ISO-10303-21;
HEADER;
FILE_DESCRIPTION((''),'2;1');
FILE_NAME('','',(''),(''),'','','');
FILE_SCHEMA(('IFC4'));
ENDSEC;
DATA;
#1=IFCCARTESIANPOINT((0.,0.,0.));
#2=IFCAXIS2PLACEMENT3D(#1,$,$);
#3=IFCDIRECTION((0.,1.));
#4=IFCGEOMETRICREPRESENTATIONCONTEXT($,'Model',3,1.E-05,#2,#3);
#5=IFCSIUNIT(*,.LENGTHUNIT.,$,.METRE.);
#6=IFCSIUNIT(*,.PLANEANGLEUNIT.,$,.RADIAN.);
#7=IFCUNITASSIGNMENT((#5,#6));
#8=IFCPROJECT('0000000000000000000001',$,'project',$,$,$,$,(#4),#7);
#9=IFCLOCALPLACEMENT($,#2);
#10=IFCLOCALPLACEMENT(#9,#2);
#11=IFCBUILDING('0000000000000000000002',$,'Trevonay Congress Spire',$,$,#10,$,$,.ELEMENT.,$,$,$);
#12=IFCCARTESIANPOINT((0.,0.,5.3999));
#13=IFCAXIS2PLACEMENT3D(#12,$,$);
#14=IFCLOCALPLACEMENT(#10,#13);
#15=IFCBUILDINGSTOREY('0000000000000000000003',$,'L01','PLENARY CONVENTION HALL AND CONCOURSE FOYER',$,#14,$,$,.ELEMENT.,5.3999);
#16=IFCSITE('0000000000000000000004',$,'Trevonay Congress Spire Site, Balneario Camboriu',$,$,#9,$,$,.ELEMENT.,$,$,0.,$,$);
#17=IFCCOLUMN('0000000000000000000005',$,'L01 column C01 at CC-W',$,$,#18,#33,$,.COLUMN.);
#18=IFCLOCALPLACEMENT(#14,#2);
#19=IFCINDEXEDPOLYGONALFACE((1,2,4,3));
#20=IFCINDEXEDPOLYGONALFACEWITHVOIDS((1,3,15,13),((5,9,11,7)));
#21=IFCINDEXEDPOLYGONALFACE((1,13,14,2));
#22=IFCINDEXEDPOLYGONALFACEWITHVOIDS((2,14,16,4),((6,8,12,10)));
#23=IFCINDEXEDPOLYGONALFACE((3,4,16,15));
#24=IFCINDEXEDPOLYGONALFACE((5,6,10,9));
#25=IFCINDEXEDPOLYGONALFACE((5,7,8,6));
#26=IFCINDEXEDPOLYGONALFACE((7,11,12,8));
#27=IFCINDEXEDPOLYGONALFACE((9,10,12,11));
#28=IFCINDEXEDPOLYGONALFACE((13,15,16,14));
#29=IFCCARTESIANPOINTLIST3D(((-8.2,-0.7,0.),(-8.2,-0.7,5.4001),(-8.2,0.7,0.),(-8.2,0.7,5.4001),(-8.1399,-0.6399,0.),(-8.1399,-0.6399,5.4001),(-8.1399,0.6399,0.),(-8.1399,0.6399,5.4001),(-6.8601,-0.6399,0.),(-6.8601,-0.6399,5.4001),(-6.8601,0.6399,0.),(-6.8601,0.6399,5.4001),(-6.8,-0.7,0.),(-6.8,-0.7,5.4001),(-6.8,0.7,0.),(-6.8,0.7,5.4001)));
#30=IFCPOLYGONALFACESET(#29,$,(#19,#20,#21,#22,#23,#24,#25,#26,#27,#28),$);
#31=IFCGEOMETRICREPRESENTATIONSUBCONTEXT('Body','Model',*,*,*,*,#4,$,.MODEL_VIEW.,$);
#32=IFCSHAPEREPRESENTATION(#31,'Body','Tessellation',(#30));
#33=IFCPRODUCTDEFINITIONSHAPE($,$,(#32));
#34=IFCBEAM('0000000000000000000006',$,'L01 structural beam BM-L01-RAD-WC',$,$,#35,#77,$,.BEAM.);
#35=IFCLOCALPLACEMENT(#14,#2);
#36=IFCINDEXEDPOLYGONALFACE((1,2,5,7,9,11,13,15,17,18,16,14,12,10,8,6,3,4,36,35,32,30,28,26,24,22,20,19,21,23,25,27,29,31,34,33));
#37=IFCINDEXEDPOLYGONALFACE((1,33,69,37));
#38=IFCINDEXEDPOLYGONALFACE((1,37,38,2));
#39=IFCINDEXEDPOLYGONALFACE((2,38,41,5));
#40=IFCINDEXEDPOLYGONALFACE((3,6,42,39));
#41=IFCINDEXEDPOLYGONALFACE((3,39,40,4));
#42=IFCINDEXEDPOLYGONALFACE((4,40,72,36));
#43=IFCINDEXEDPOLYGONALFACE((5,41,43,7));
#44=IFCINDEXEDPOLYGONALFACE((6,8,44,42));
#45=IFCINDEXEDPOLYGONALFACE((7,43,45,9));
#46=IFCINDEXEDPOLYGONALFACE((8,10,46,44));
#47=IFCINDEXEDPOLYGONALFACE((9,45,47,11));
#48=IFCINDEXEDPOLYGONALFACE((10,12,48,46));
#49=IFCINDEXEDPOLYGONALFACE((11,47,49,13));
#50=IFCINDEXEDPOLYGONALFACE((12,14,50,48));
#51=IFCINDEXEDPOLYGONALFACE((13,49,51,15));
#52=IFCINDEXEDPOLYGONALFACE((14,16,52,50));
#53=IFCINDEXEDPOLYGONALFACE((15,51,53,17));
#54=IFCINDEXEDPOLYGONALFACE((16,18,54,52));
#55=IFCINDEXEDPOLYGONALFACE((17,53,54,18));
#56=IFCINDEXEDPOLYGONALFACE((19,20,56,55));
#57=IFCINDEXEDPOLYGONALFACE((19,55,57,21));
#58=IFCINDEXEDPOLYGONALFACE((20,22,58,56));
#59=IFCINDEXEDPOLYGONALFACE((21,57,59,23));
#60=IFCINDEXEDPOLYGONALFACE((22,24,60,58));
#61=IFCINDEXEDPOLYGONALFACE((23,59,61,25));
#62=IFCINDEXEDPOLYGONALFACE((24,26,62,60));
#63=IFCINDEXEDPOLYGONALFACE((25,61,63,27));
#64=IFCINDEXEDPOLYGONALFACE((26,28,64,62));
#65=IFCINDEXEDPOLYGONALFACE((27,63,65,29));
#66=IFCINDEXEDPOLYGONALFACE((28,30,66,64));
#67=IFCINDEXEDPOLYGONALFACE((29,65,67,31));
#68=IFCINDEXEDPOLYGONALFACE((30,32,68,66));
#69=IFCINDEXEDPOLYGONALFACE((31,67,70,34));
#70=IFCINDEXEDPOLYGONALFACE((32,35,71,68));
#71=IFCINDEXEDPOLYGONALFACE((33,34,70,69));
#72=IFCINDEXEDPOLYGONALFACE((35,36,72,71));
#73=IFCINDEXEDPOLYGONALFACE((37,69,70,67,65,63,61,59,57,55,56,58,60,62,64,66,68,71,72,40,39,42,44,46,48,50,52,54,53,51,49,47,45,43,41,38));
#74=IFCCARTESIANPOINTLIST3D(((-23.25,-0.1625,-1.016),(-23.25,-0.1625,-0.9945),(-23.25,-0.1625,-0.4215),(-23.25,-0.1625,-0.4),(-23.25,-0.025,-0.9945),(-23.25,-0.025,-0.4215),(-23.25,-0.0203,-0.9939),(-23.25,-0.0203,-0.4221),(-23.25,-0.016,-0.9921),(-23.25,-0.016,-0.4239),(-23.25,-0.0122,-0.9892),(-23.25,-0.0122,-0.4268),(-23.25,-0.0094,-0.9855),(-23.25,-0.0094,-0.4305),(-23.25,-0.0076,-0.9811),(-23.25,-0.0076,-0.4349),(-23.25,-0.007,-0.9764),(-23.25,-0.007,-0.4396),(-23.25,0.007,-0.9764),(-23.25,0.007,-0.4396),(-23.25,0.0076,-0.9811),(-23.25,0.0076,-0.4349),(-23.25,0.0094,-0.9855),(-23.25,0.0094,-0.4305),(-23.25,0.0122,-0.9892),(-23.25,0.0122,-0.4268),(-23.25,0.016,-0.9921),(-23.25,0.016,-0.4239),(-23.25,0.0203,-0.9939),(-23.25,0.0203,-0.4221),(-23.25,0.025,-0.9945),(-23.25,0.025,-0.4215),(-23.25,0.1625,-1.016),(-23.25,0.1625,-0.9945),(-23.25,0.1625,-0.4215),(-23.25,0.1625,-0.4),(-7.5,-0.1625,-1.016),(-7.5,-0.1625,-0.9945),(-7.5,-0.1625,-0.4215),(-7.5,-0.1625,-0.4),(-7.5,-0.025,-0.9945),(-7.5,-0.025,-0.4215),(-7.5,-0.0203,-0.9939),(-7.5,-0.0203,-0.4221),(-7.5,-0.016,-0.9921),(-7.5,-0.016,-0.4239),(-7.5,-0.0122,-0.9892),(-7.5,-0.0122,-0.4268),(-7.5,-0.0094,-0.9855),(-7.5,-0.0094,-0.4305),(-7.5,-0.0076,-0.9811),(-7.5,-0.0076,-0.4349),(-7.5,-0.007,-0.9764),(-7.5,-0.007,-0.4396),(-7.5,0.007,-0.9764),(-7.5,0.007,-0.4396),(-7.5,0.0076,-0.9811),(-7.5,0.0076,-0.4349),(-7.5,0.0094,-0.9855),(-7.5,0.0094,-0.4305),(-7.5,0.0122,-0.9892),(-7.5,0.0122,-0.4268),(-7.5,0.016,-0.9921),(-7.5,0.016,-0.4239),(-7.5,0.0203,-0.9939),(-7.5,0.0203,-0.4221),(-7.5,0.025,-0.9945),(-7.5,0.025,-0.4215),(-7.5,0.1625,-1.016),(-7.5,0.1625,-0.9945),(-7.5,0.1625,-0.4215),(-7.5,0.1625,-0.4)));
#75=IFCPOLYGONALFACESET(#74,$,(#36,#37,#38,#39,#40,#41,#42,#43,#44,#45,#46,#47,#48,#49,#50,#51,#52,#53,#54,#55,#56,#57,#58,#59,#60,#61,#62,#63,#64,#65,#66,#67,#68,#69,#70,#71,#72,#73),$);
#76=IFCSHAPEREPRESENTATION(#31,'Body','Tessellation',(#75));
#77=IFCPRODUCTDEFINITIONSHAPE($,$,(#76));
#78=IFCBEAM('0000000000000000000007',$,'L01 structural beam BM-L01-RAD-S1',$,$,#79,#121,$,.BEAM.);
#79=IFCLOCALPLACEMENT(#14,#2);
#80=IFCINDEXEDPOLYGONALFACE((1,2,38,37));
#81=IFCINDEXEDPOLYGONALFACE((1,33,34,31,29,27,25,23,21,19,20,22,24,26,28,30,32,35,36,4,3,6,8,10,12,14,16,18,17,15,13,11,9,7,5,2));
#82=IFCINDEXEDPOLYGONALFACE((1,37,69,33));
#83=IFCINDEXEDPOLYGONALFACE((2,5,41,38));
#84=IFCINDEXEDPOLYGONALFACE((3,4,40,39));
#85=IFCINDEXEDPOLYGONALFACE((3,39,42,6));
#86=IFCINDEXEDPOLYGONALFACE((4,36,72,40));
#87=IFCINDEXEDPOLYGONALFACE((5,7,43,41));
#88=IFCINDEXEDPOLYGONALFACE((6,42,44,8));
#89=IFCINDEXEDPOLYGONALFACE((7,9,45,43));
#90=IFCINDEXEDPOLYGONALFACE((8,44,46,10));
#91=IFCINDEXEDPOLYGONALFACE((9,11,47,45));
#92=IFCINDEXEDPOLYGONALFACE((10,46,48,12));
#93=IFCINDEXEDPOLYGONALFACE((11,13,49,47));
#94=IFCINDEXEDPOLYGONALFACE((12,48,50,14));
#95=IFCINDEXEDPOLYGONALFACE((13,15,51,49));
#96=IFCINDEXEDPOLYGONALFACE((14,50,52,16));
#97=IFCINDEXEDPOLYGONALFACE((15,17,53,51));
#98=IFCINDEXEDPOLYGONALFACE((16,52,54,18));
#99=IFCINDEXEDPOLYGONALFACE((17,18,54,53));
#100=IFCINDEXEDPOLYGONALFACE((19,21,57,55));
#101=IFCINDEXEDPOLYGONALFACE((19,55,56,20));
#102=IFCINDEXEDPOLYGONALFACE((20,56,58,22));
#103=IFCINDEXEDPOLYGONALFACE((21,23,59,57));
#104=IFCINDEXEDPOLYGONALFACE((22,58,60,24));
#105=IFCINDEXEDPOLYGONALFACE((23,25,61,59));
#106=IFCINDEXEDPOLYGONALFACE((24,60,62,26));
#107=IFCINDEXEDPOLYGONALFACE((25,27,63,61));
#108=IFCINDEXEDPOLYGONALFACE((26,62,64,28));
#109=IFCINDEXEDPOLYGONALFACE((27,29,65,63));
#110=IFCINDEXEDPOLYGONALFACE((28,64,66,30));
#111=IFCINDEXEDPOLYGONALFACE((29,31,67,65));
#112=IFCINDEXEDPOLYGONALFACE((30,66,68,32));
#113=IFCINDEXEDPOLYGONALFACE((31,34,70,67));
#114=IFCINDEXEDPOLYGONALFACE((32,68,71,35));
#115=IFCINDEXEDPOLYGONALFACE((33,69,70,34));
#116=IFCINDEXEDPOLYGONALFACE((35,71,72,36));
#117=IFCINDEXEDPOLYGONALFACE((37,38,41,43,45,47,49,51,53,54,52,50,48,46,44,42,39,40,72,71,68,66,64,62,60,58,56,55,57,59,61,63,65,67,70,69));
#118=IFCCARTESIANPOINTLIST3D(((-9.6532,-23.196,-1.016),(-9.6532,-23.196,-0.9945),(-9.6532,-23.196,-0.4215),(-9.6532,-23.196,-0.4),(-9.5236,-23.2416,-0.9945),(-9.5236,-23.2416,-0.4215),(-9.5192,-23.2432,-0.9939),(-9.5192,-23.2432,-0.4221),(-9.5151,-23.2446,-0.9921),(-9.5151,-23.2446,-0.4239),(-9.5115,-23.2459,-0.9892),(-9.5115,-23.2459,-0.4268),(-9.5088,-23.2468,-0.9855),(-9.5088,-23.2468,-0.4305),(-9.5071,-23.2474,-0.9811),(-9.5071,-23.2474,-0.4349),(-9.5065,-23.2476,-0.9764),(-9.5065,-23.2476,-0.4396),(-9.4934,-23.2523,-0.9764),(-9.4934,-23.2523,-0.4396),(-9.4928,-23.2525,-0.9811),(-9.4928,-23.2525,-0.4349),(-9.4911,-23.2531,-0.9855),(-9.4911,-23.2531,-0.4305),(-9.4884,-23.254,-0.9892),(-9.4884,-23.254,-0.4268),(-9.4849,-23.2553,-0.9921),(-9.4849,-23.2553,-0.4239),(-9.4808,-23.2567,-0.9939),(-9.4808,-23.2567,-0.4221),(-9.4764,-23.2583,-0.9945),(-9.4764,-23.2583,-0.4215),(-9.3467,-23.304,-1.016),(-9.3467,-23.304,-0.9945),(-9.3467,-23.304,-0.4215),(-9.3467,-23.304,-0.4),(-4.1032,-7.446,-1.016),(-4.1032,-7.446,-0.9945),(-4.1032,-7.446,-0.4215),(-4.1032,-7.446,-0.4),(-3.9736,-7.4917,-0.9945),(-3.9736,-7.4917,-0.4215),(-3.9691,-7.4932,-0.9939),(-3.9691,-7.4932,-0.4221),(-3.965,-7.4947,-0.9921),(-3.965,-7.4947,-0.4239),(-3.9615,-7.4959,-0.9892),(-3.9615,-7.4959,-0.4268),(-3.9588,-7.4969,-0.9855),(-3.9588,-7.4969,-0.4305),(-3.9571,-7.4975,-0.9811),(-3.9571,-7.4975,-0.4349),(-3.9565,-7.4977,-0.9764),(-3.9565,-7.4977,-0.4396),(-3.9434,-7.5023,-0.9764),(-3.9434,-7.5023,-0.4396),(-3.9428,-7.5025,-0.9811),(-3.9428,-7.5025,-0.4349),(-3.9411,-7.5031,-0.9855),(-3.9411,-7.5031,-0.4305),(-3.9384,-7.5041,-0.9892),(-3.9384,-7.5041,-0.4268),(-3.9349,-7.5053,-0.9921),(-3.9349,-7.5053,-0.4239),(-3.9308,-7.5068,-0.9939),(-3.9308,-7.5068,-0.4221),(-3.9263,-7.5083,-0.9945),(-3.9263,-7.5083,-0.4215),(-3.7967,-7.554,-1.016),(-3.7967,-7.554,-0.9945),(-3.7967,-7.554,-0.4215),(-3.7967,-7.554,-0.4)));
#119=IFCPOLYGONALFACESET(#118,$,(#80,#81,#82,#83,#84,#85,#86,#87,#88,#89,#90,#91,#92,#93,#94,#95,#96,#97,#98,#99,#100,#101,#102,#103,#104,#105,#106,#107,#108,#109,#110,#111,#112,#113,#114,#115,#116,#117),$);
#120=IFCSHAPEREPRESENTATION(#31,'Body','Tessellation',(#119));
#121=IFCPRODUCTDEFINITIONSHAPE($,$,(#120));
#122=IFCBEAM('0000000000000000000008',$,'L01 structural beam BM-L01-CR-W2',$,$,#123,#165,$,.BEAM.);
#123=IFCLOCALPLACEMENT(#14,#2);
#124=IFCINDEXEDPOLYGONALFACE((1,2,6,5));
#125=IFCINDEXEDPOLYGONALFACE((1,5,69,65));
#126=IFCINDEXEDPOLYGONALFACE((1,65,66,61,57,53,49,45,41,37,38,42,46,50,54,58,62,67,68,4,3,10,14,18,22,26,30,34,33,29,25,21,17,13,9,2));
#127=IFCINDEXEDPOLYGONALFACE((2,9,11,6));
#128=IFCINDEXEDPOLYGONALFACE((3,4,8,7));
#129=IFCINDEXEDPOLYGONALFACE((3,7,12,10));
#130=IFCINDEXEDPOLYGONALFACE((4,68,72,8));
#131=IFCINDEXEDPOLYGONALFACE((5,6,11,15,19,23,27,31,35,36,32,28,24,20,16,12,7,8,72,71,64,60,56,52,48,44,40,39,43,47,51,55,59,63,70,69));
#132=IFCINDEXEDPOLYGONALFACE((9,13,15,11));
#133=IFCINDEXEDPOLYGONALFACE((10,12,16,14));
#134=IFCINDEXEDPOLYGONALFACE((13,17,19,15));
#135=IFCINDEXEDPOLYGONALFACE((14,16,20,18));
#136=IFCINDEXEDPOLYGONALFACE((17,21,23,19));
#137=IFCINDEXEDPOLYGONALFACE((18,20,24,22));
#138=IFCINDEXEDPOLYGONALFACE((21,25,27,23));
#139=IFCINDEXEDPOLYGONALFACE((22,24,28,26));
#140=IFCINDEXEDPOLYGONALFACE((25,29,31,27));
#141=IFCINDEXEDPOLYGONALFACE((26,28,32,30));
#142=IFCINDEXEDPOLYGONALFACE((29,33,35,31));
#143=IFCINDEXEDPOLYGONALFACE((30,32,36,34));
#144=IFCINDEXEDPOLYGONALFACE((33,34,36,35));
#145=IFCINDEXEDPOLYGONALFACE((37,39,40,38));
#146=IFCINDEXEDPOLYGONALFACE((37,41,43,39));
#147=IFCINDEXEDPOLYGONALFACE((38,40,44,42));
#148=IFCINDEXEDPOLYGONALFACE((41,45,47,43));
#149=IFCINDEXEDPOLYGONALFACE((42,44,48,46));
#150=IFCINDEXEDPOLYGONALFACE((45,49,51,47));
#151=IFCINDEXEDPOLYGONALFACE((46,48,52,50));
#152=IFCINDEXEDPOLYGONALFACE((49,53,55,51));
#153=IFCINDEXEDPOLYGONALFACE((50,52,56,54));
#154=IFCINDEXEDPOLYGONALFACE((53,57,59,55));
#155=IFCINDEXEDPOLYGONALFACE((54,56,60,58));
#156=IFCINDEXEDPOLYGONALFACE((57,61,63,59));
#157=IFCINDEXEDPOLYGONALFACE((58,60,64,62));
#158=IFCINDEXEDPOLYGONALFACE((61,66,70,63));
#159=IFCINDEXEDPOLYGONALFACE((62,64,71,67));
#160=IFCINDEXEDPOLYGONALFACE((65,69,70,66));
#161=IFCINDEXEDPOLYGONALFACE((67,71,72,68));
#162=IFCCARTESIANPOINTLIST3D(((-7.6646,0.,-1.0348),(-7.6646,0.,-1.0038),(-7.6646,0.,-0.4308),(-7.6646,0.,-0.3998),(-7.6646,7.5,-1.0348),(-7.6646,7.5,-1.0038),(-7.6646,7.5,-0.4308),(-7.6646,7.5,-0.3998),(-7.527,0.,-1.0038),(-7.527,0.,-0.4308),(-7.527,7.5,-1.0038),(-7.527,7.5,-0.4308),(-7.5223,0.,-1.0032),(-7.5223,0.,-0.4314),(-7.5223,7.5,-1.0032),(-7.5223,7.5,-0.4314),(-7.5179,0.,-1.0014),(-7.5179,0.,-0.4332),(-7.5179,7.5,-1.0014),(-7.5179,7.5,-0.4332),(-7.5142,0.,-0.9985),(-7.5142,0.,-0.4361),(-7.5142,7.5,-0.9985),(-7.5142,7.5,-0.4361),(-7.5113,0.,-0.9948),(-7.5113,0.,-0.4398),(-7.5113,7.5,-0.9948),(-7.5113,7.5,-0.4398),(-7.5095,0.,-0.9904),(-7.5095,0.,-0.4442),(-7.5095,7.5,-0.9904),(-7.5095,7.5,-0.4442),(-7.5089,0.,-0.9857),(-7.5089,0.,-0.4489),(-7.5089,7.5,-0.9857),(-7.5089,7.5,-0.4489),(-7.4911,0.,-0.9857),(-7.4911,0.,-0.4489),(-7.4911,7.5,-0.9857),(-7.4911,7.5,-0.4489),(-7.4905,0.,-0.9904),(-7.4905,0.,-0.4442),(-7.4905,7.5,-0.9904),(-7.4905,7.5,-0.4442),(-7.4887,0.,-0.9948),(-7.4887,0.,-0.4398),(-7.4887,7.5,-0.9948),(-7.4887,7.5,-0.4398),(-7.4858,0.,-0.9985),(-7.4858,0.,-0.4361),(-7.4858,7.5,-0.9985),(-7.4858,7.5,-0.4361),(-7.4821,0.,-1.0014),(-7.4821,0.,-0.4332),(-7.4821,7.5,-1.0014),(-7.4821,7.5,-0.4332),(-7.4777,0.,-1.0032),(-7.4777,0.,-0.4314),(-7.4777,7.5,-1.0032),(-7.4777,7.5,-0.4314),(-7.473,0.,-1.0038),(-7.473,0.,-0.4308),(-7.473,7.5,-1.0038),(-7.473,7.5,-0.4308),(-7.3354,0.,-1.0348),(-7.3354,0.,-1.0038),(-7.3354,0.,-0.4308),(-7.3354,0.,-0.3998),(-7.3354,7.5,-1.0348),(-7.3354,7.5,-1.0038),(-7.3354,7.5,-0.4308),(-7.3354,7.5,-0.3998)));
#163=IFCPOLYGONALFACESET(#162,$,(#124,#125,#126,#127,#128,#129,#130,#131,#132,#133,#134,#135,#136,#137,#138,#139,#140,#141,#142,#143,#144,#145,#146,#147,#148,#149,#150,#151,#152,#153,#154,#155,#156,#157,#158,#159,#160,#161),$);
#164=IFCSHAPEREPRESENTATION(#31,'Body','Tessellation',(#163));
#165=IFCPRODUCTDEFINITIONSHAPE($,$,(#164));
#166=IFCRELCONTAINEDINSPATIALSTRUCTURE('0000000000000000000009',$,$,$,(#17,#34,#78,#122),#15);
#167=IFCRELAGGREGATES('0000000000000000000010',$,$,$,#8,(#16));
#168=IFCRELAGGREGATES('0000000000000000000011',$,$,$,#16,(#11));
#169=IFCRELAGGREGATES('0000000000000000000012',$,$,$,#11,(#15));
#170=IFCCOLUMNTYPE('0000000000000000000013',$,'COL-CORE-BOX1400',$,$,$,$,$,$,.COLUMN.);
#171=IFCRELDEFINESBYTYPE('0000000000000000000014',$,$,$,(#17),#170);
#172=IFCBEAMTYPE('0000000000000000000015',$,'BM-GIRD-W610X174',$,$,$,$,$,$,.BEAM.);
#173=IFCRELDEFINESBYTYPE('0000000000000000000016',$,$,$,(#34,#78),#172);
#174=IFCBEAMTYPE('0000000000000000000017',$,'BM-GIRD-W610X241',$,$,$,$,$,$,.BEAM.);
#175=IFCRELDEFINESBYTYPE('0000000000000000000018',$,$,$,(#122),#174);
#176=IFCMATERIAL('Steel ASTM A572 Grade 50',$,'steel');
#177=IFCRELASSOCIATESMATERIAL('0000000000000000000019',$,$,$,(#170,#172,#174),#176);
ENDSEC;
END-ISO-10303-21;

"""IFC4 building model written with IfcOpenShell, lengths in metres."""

from ifc_helpers import new_model, si_unit, direction, frame, origin, origin_2d, place, context, subcontext, project, spatial, hollow_rectangle, i_section, extrude, material, material_profile, profile_set, type_object, element, save


model = new_model("IFC4")

# Units and contexts
model_context = context("Model", 3, precision=1e-05, world=origin(), true_north=direction((0.0, 1.0)))
body_context = subcontext(model_context, "Body", "Model", "MODEL_VIEW")
ifc_project = project(units=[si_unit("LENGTHUNIT", "METRE"), si_unit("PLANEANGLEUNIT", "RADIAN")], contexts=[model_context])

# Site, building, storey
site_placement = place(None, origin())
site = spatial("IfcSite", under=ifc_project, at=site_placement, Name="Trevonay Congress Spire Site, Balneario Camboriu", CompositionType="ELEMENT", RefElevation=0.0)
building_placement = place(site_placement, origin())
building = spatial("IfcBuilding", under=site, at=building_placement, Name="Trevonay Congress Spire", CompositionType="ELEMENT")
storey_placement = place(building_placement, frame((0.0, 0.0, 5.3999)))
storey = spatial("IfcBuildingStorey", under=building, at=storey_placement, Name="L01", Description="PLENARY CONVENTION HALL AND CONCOURSE FOYER", CompositionType="ELEMENT", Elevation=5.3999)

# Column
ifc_material_1 = material(Name="Steel ASTM A572 Grade 50", Category="steel")
ifc_material_profile_1 = material_profile(ifc_material_1, hollow_rectangle(XDim=1.3999, YDim=1.3999, WallThickness=0.0601, at=origin_2d()), Name="BOX 1400x1400x60")
ifc_profile_set_1 = profile_set([ifc_material_profile_1], Name="Steel ASTM A572 Grade 50")
column_type = type_object("IfcColumnType", Name="COL-CORE-BOX1400", PredefinedType="COLUMN", material=ifc_profile_set_1)
column_placement = place(storey_placement, frame((-7.5, 0.0, 0.0), z_axis=(0.0, 0.0, 1.0), x_axis=(1.0, 0.0, 0.0)))
element("IfcColumn", 1, at=column_placement, inside=storey, type_object=column_type, Name="L01 column C01 at CC-W", PredefinedType="COLUMN", context=body_context, shape_type="SweptSolid", body=[
    extrude(hollow_rectangle(XDim=1.3999, YDim=1.3999, WallThickness=0.0601, at=origin_2d()), origin(), (0.0, 0.0, 1.0), 5.4001),
])

# Beams
ifc_material_profile_2 = material_profile(ifc_material_1, i_section(OverallWidth=0.325, OverallDepth=0.616, WebThickness=0.0139, FlangeThickness=0.0215, FilletRadius=0.0181, at=origin_2d()), Name="W610x174")
ifc_profile_set_2 = profile_set([ifc_material_profile_2], Name="Steel ASTM A572 Grade 50")
beam_type_1 = type_object("IfcBeamType", Name="BM-GIRD-W610X174", PredefinedType="BEAM", material=ifc_profile_set_2)
beam_1_placement = place(storey_placement, frame((-7.5, 0.0, -0.708), z_axis=(-1.0, 0.0, 0.0), x_axis=(0.0, -1.0, 0.0)))
element("IfcBeam", 2, at=beam_1_placement, inside=storey, type_object=beam_type_1, Name="L01 structural beam BM-L01-RAD-WC", PredefinedType="BEAM", context=body_context, shape_type="SweptSolid", body=[
    extrude(i_section(OverallWidth=0.325, OverallDepth=0.616, WebThickness=0.0139, FlangeThickness=0.0215, FilletRadius=0.0181, at=origin_2d()), origin(), (0.0, 0.0, 1.0), 15.75),
])
beam_2_placement = place(storey_placement, frame((-3.95, -7.5, -0.708), z_axis=(-0.332353, -0.943155, 0.0), x_axis=(0.943155, -0.332353, 0.0)))
element("IfcBeam", 3, at=beam_2_placement, inside=storey, type_object=beam_type_1, Name="L01 structural beam BM-L01-RAD-S1", PredefinedType="BEAM", context=body_context, shape_type="SweptSolid", body=[
    extrude(i_section(OverallWidth=0.325, OverallDepth=0.616, WebThickness=0.0139, FlangeThickness=0.0215, FilletRadius=0.0181, at=origin_2d()), origin(), (0.0, 0.0, 1.0), 16.6992),
])
ifc_material_profile_3 = material_profile(ifc_material_1, i_section(OverallWidth=0.3291, OverallDepth=0.635, WebThickness=0.0178, FlangeThickness=0.031, FilletRadius=0.0181, at=origin_2d()), Name="W610x241")
ifc_profile_set_3 = profile_set([ifc_material_profile_3], Name="Steel ASTM A572 Grade 50")
beam_type_2 = type_object("IfcBeamType", Name="BM-GIRD-W610X241", PredefinedType="BEAM", material=ifc_profile_set_3)
beam_3_placement = place(storey_placement, frame((-7.5, 0.0, -0.7173), z_axis=(0.0, 1.0, 0.0), x_axis=(-1.0, 0.0, 0.0)))
element("IfcBeam", 4, at=beam_3_placement, inside=storey, type_object=beam_type_2, Name="L01 structural beam BM-L01-CR-W2", PredefinedType="BEAM", context=body_context, shape_type="SweptSolid", body=[
    extrude(i_section(OverallWidth=0.3291, OverallDepth=0.635, WebThickness=0.0178, FlangeThickness=0.031, FilletRadius=0.0181, at=origin_2d()), origin(), (0.0, 0.0, 1.0), 7.5),
])

save(model, "model.ifc")
